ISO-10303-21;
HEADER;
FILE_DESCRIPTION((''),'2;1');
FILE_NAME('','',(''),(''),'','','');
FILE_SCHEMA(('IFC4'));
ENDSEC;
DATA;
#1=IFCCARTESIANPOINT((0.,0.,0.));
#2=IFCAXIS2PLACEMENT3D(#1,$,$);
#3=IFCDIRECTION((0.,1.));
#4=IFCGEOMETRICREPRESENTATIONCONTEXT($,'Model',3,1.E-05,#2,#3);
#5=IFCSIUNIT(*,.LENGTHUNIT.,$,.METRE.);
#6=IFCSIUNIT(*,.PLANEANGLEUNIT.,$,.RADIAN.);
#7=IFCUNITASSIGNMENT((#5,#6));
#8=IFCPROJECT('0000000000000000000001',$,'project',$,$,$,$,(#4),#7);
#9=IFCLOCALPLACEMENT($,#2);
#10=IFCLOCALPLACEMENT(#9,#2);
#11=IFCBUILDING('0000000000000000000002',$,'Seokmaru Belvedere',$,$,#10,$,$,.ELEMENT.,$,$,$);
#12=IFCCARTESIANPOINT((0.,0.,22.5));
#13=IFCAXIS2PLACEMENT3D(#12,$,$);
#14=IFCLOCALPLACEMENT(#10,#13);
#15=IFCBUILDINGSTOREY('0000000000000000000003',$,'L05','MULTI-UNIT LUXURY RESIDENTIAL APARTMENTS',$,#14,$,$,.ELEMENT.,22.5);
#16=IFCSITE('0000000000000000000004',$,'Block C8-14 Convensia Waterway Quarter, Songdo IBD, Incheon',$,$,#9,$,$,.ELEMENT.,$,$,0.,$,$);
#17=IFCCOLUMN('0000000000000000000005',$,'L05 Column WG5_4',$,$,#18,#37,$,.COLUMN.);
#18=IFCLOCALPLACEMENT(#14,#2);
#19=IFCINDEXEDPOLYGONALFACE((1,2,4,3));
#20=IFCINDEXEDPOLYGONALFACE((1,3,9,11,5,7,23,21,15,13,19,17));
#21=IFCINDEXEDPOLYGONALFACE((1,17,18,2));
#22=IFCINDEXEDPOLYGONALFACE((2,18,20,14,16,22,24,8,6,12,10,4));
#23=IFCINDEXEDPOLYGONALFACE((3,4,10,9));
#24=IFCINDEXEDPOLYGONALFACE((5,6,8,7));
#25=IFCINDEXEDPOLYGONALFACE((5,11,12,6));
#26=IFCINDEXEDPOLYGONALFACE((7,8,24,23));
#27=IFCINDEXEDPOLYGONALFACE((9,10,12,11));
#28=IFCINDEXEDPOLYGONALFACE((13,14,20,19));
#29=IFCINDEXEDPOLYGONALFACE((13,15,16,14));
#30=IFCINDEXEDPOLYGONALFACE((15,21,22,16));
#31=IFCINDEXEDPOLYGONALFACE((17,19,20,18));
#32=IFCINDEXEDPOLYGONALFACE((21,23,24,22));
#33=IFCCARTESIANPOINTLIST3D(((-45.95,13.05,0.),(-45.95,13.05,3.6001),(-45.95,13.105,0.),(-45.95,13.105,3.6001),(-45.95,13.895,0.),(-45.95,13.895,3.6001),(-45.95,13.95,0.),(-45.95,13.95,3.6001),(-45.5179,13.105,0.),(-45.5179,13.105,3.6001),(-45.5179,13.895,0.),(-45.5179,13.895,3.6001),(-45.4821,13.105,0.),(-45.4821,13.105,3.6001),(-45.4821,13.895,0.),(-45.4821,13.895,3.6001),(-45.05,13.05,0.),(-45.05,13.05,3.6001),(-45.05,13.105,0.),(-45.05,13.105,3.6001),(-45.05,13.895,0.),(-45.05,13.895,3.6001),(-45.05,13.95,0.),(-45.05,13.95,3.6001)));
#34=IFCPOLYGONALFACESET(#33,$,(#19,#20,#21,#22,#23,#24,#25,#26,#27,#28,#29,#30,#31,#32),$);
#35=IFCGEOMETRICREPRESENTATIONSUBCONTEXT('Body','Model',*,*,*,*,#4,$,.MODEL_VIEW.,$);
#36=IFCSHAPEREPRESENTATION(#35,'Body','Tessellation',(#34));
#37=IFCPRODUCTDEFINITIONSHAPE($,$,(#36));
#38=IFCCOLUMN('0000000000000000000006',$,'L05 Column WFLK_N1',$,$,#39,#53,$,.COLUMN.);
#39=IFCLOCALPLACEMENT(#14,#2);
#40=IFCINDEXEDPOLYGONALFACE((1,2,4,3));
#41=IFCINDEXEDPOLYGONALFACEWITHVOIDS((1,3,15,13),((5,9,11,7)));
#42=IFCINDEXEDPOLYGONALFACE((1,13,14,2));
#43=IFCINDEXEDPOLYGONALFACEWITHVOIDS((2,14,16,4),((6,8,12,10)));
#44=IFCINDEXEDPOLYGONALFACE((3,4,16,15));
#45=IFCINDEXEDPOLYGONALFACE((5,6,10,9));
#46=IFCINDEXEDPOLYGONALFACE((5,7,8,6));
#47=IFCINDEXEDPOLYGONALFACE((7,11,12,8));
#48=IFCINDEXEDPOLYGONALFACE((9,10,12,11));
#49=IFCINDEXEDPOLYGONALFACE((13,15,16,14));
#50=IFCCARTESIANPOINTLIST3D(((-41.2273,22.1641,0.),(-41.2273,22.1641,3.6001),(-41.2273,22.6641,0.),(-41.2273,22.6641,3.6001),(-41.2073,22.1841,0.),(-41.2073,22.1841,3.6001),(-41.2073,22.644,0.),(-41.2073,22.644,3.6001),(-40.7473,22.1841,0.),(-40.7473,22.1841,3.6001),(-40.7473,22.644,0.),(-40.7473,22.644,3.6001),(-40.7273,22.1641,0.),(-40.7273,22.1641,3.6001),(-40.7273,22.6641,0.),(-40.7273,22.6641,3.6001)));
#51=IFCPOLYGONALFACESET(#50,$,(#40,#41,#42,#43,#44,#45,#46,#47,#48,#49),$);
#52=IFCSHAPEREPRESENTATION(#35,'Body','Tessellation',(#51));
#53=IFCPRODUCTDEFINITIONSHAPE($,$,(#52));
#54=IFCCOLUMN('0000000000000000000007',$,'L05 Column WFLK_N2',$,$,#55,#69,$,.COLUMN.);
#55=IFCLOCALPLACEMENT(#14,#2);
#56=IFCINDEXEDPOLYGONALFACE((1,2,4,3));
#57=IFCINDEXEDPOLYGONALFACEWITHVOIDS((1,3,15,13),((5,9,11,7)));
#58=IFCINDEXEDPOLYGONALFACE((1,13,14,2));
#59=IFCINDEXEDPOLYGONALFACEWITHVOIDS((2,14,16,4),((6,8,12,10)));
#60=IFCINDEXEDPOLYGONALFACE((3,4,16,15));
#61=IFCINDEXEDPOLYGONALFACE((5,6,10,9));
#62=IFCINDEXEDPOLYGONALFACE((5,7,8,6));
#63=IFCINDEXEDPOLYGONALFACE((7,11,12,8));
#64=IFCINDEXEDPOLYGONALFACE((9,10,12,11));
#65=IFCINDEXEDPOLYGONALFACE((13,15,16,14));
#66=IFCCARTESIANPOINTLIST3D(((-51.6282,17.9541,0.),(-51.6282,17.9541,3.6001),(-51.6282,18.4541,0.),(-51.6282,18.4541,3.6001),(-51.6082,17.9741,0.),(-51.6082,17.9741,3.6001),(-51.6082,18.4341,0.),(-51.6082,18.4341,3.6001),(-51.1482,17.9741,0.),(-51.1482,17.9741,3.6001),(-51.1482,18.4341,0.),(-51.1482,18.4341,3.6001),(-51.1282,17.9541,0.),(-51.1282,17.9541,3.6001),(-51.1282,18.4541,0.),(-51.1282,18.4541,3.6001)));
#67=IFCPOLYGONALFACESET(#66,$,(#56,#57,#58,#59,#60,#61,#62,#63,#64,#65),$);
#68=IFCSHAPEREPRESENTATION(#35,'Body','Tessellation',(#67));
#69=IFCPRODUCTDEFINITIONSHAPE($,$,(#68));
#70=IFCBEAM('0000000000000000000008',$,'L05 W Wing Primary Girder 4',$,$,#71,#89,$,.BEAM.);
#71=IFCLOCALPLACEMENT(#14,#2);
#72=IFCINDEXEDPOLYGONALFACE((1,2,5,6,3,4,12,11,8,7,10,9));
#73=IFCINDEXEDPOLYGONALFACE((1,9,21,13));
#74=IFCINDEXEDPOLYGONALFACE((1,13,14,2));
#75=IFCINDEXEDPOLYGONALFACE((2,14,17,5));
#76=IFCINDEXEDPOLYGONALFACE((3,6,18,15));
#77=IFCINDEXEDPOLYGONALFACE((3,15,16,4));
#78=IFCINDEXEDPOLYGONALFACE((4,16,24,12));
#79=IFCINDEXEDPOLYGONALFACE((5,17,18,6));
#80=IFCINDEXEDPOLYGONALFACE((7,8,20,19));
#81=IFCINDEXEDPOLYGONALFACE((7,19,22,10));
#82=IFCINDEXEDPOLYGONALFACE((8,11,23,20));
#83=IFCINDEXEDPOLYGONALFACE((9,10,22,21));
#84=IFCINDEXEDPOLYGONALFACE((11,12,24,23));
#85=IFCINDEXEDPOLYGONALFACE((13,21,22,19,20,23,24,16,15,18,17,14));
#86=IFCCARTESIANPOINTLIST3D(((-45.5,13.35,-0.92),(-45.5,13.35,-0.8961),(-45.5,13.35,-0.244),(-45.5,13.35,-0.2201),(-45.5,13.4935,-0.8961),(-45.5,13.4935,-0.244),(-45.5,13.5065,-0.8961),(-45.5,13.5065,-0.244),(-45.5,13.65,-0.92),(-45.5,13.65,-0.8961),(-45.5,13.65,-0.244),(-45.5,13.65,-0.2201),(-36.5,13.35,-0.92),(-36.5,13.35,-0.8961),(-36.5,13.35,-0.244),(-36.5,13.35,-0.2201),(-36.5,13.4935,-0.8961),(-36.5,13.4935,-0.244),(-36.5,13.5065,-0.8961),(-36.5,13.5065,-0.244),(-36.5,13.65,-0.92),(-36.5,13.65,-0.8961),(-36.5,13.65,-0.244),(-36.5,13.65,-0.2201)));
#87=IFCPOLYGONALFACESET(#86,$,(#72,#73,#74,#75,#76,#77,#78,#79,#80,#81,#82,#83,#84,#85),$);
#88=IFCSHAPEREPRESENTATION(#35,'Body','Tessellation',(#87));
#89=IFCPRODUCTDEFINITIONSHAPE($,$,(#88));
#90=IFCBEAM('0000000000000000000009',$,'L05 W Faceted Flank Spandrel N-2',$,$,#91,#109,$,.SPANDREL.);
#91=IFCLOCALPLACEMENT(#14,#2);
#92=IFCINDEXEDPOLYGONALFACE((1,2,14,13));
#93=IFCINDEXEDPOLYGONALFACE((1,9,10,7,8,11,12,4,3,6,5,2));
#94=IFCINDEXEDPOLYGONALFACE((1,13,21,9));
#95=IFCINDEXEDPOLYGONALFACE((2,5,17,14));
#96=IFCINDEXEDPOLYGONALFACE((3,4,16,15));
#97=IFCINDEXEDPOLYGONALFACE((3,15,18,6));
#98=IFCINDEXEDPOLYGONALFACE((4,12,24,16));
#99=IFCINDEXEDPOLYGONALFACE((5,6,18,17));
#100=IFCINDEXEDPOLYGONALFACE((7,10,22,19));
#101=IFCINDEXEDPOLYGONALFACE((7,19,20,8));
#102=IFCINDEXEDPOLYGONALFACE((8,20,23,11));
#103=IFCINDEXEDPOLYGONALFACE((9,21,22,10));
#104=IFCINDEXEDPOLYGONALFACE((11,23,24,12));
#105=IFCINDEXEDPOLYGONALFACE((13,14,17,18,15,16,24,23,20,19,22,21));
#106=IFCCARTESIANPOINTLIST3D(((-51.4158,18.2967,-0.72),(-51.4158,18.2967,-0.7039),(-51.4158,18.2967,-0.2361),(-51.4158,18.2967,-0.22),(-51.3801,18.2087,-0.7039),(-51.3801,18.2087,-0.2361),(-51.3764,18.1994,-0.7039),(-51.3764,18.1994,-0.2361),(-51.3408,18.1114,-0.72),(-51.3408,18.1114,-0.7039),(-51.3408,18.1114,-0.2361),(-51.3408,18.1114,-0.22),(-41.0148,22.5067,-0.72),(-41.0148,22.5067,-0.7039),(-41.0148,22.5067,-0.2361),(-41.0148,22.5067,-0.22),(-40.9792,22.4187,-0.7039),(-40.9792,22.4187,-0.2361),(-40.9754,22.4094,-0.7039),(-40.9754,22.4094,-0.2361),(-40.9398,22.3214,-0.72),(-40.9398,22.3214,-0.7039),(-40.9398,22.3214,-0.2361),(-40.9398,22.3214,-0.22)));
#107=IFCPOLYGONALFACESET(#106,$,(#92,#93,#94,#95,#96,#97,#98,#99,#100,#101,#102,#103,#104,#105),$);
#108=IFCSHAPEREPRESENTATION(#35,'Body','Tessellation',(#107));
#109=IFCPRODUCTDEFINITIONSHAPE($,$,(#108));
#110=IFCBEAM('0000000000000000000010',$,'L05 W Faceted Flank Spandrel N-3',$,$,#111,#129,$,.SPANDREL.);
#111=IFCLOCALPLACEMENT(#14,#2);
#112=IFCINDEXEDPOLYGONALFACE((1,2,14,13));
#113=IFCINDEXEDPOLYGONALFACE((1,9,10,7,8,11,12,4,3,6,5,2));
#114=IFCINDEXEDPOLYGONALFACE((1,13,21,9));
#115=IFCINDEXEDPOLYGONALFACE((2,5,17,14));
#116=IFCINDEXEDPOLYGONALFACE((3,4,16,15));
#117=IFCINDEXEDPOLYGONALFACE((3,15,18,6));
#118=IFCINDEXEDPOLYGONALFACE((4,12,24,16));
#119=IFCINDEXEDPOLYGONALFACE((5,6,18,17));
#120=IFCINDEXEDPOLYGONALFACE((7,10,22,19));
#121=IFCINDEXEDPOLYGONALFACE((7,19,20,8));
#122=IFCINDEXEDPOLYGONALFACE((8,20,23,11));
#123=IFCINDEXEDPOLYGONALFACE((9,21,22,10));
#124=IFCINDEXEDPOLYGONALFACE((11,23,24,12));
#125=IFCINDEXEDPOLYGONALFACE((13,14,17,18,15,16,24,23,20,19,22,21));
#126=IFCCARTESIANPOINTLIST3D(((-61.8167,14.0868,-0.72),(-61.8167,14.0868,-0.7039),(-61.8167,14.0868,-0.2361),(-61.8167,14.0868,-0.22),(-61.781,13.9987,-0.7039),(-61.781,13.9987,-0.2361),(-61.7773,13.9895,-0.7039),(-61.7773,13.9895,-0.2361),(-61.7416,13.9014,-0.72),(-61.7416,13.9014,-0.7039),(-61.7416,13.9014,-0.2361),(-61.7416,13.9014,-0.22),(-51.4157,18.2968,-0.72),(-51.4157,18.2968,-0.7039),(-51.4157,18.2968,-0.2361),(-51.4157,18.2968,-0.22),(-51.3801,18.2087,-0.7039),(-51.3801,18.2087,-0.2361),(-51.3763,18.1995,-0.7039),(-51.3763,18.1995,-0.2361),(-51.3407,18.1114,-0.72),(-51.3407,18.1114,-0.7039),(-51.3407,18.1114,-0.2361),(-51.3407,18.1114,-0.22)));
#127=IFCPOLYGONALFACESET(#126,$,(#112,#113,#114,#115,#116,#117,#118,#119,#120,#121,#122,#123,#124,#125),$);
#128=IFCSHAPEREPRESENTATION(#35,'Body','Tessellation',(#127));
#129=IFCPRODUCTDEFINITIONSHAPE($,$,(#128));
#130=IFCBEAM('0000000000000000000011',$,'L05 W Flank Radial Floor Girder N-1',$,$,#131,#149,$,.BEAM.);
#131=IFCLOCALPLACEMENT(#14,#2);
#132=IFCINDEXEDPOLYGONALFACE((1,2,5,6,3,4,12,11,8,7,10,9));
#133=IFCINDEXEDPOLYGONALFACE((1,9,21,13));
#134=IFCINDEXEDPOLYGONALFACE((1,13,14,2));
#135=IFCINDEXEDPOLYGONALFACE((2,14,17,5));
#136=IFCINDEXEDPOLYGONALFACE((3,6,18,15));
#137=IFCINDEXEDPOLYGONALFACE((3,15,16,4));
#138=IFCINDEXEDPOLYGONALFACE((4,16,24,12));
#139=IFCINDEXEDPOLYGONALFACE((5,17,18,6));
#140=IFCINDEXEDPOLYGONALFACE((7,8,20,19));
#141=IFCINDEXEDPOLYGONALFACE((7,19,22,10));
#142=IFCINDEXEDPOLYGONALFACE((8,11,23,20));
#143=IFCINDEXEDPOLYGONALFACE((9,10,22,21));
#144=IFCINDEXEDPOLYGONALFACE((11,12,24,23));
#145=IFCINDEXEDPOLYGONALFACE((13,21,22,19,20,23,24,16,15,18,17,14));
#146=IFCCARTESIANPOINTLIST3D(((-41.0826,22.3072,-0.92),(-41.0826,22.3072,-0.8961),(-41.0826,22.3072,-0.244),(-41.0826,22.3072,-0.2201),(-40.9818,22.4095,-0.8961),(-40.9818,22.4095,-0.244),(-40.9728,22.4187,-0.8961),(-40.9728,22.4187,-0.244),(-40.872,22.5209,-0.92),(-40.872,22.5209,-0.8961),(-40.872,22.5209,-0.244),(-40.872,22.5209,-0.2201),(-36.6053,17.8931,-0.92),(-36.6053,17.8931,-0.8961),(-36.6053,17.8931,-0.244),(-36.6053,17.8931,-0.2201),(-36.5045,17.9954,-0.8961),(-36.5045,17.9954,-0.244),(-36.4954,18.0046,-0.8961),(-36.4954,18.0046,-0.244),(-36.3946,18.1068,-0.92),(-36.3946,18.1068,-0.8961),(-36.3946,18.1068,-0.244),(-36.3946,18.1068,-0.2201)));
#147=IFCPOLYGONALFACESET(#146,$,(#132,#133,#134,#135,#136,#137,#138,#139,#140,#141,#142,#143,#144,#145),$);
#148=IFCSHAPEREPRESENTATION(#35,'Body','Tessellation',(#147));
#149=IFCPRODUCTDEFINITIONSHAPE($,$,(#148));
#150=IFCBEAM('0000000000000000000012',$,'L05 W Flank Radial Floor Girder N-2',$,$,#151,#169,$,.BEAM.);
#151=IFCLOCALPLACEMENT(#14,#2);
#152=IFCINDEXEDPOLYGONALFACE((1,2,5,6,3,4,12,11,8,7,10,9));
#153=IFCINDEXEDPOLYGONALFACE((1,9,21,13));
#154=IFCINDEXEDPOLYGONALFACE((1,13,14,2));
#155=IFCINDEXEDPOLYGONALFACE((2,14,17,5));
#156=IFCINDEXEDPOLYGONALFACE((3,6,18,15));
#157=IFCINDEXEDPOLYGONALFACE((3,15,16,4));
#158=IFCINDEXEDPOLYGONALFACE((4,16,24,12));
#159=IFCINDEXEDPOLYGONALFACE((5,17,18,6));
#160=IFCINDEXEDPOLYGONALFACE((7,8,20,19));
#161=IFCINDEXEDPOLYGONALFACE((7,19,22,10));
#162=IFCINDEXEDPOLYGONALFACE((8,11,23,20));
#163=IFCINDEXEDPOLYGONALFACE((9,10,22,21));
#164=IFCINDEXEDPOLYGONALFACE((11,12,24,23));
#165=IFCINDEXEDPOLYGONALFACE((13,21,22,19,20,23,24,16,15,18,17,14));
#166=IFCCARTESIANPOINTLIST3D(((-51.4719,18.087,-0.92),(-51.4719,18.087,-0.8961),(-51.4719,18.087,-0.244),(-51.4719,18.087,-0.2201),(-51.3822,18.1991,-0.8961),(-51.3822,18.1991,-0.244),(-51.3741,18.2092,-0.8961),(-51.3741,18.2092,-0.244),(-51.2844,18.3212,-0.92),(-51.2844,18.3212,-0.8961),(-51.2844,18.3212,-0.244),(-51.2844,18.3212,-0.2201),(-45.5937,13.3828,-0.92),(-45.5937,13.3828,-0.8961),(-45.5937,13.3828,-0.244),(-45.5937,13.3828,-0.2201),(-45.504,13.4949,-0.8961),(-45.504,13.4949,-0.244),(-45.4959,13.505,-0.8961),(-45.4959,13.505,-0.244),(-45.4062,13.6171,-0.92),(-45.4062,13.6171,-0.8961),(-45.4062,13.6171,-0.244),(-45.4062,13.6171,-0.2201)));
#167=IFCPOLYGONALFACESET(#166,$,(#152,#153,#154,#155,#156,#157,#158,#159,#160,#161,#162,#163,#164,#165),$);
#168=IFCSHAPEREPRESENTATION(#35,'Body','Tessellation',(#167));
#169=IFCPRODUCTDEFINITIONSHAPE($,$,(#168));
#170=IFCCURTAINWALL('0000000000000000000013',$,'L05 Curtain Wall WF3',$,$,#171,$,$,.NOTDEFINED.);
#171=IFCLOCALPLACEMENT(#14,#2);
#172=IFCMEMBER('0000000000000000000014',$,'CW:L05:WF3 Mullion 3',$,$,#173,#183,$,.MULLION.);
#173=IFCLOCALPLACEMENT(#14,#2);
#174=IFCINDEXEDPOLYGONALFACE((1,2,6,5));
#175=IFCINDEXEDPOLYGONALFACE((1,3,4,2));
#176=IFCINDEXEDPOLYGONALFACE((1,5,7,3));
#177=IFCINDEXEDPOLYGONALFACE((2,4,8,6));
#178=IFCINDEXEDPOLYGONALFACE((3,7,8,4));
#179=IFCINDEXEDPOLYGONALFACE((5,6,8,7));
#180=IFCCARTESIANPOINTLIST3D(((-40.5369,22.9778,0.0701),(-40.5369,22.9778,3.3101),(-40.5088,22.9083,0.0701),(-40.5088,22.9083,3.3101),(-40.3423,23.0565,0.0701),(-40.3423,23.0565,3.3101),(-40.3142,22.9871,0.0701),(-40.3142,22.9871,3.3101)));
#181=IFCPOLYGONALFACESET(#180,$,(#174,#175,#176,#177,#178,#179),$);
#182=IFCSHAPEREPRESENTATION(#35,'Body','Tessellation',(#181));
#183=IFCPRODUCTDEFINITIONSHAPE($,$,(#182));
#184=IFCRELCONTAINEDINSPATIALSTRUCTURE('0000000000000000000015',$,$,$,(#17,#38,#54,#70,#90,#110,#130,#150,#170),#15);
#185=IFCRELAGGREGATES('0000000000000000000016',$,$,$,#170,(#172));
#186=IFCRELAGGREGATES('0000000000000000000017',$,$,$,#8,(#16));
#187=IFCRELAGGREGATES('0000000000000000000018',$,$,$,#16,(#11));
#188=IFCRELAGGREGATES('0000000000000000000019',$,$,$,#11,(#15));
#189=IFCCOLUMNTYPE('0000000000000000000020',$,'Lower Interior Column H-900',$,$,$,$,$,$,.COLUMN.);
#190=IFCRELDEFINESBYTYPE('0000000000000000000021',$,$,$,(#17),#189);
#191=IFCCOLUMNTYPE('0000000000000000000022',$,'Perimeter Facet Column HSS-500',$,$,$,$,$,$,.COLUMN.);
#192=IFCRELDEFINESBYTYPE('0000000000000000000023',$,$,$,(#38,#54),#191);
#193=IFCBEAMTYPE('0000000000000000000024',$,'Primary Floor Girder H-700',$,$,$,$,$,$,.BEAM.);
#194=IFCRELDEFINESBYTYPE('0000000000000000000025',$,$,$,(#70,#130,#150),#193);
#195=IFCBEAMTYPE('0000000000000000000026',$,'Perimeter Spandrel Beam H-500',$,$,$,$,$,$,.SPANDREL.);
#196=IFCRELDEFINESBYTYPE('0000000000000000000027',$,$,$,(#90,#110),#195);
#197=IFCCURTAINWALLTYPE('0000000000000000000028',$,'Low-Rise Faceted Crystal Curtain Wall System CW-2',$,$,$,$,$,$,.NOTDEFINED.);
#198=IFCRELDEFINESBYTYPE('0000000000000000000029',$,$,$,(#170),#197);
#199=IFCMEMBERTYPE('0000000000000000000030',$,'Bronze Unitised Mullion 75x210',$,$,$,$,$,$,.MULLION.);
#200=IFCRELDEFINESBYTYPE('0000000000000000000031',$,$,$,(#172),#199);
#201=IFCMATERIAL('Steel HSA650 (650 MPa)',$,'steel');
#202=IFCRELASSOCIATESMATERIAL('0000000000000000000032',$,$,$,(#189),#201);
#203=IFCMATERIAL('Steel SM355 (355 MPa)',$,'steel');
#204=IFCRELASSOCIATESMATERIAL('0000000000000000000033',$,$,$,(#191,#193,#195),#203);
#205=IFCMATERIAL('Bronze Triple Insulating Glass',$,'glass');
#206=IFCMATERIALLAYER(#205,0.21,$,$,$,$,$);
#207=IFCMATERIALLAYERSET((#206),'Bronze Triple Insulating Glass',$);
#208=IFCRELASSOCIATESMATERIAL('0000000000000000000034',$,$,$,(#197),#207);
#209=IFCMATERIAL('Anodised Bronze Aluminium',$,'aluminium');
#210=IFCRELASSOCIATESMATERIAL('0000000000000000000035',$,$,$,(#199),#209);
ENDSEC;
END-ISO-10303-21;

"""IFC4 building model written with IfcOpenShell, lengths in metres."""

from ifc_helpers import new_model, si_unit, direction, frame, origin, origin_2d, place, context, subcontext, project, spatial, rectangle, hollow_rectangle, i_section, extrude, source, transform, mapped, material, layer, layer_set, material_profile, profile_set, type_object, type_shapes, element, aggregate, save


model = new_model("IFC4")

# Units and contexts
model_context = context("Model", 3, precision=1e-05, world=origin(), true_north=direction((0.0, 1.0)))
body_context = subcontext(model_context, "Body", "Model", "MODEL_VIEW")
ifc_project = project(units=[si_unit("LENGTHUNIT", "METRE"), si_unit("PLANEANGLEUNIT", "RADIAN")], contexts=[model_context])

# Site, building, storey
site_placement = place(None, origin())
site = spatial("IfcSite", under=ifc_project, at=site_placement, Name="Block C8-14 Convensia Waterway Quarter, Songdo IBD, Incheon", CompositionType="ELEMENT", RefElevation=0.0)
building_placement = place(site_placement, origin())
building = spatial("IfcBuilding", under=site, at=building_placement, Name="Seokmaru Belvedere", CompositionType="ELEMENT")
storey_placement = place(building_placement, frame((0.0, 0.0, 22.5)))
storey = spatial("IfcBuildingStorey", under=building, at=storey_placement, Name="L05", Description="MULTI-UNIT LUXURY RESIDENTIAL APARTMENTS", CompositionType="ELEMENT", Elevation=22.5)

# Columns
ifc_material_1 = material(Name="Steel HSA650 (650 MPa)", Category="steel")
ifc_material_profile_1 = material_profile(ifc_material_1, i_section(OverallWidth=0.8999, OverallDepth=0.8999, WebThickness=0.0359, FlangeThickness=0.0549, at=origin_2d()), Name="H-900x900x36x55")
ifc_profile_set_1 = profile_set([ifc_material_profile_1], Name="Steel HSA650 (650 MPa)")
column_type_1 = type_object("IfcColumnType", Name="Lower Interior Column H-900", PredefinedType="COLUMN", material=ifc_profile_set_1)
shared_shape_1 = source(origin(), body_context, "Body", "SweptSolid", [
    extrude(i_section(OverallWidth=0.8999, OverallDepth=0.8999, WebThickness=0.0359, FlangeThickness=0.0549, at=origin_2d()), origin(), (0.0, 0.0, 1.0), 3.6001),
])
type_shapes(column_type_1, [shared_shape_1])
column_placement = place(storey_placement, frame((-45.5, 13.5, 0.0), z_axis=(0.0, 0.0, 1.0), x_axis=(1.0, 0.0, 0.0)))
element("IfcColumn", 1, at=column_placement, inside=storey, type_object=column_type_1, Name="L05 Column WG5_4", PredefinedType="COLUMN", context=body_context, shape_type="MappedRepresentation", body=[
    mapped(shared_shape_1, transform((0.0, 0.0, 0.0), scale=1.0)),
])
ifc_material_2 = material(Name="Steel SM355 (355 MPa)", Category="steel")
ifc_material_profile_2 = material_profile(ifc_material_2, hollow_rectangle(XDim=0.5, YDim=0.5, WallThickness=0.02, at=origin_2d()), Name="HSS-500x500x20")
ifc_profile_set_2 = profile_set([ifc_material_profile_2], Name="Steel SM355 (355 MPa)")
column_type_2 = type_object("IfcColumnType", Name="Perimeter Facet Column HSS-500", PredefinedType="COLUMN", material=ifc_profile_set_2)
shared_shape_2 = source(origin(), body_context, "Body", "SweptSolid", [
    extrude(hollow_rectangle(XDim=0.5, YDim=0.5, WallThickness=0.02, at=origin_2d()), origin(), (0.0, 0.0, 1.0), 3.6001),
])
type_shapes(column_type_2, [shared_shape_2])
for number, where, z_axis, x_axis, name in (
    (2, (-40.9773, 22.4141, 0.0), (0.0, 0.0, 1.0), (1.0, 0.0, 0.0), "L05 Column WFLK_N1"),
    (3, (-51.3782, 18.2041, 0.0), (0.0, 0.0, 1.0), (1.0, 0.0, 0.0), "L05 Column WFLK_N2"),
):
    element("IfcColumn", number, at=place(storey_placement, frame(where, z_axis=z_axis, x_axis=x_axis)), inside=storey, type_object=column_type_2, Name=name, PredefinedType="COLUMN", context=body_context, shape_type="MappedRepresentation", body=[
        mapped(shared_shape_2, transform((0.0, 0.0, 0.0), scale=1.0)),
    ])

# Beams
ifc_material_profile_3 = material_profile(ifc_material_2, i_section(OverallWidth=0.3, OverallDepth=0.7, WebThickness=0.0129, FlangeThickness=0.0239, at=origin_2d()), Name="H-700x300x13x24")
ifc_profile_set_3 = profile_set([ifc_material_profile_3], Name="Steel SM355 (355 MPa)")
beam_type_1 = type_object("IfcBeamType", Name="Primary Floor Girder H-700", PredefinedType="BEAM", material=ifc_profile_set_3)
shared_shape_3 = source(origin(), body_context, "Body", "SweptSolid", [
    extrude(i_section(OverallWidth=0.3, OverallDepth=0.7, WebThickness=0.0129, FlangeThickness=0.0239, at=origin_2d()), origin(), (0.0, 0.0, 1.0), 9.0),
])
beam_1_placement = place(storey_placement, frame((-45.5, 13.5, -0.5701), z_axis=(1.0, 0.0, 0.0), x_axis=(0.0, 1.0, 0.0)))
element("IfcBeam", 4, at=beam_1_placement, inside=storey, type_object=beam_type_1, Name="L05 W Wing Primary Girder 4", PredefinedType="BEAM", context=body_context, shape_type="MappedRepresentation", body=[
    mapped(shared_shape_3, transform((0.0, 0.0, 0.0), scale=1.0)),
])
ifc_material_profile_4 = material_profile(ifc_material_2, i_section(OverallWidth=0.2, OverallDepth=0.5, WebThickness=0.01, FlangeThickness=0.0161, at=origin_2d()), Name="H-500x200x10x16")
ifc_profile_set_4 = profile_set([ifc_material_profile_4], Name="Steel SM355 (355 MPa)")
beam_type_2 = type_object("IfcBeamType", Name="Perimeter Spandrel Beam H-500", PredefinedType="SPANDREL", material=ifc_profile_set_4)
shared_shape_4 = source(origin(), body_context, "Body", "SweptSolid", [
    extrude(i_section(OverallWidth=0.2, OverallDepth=0.5, WebThickness=0.01, FlangeThickness=0.0161, at=origin_2d()), origin(), (0.0, 0.0, 1.0), 11.2207),
])
type_shapes(beam_type_2, [shared_shape_4])
for number, where, z_axis, x_axis, name in (
    (5, (-40.9773, 22.4141, -0.47), (-0.926944, -0.375199, 0.0), (0.375199, -0.926944, 0.0), "L05 W Faceted Flank Spandrel N-2"),
    (6, (-51.3782, 18.2041, -0.47), (-0.926944, -0.375199, 0.0), (0.375199, -0.926944, 0.0), "L05 W Faceted Flank Spandrel N-3"),
):
    element("IfcBeam", number, at=place(storey_placement, frame(where, z_axis=z_axis, x_axis=x_axis)), inside=storey, type_object=beam_type_2, Name=name, PredefinedType="SPANDREL", context=body_context, shape_type="MappedRepresentation", body=[
        mapped(shared_shape_4, transform((0.0, 0.0, 0.0), scale=1.0)),
    ])
shared_shape_5 = source(origin(), body_context, "Body", "SweptSolid", [
    extrude(i_section(OverallWidth=0.3, OverallDepth=0.7, WebThickness=0.0129, FlangeThickness=0.0239, at=origin_2d()), origin(), (0.0, 0.0, 1.0), 6.2874),
])
beam_2_placement = place(storey_placement, frame((-40.9773, 22.4141, -0.5701), z_axis=(0.712117, -0.70206, 0.0), x_axis=(0.70206, 0.712117, 0.0)))
element("IfcBeam", 7, at=beam_2_placement, inside=storey, type_object=beam_type_1, Name="L05 W Flank Radial Floor Girder N-1", PredefinedType="BEAM", context=body_context, shape_type="MappedRepresentation", body=[
    mapped(shared_shape_5, transform((0.0, 0.0, 0.0), scale=1.0)),
])
shared_shape_6 = source(origin(), body_context, "Body", "SweptSolid", [
    extrude(i_section(OverallWidth=0.3, OverallDepth=0.7, WebThickness=0.0129, FlangeThickness=0.0239, at=origin_2d()), origin(), (0.0, 0.0, 1.0), 7.5288),
])
type_shapes(beam_type_1, [shared_shape_3, shared_shape_5, shared_shape_6])
beam_3_placement = place(storey_placement, frame((-51.3782, 18.2041, -0.5701), z_axis=(0.780768, -0.624822, 0.0), x_axis=(0.624822, 0.780768, 0.0)))
element("IfcBeam", 8, at=beam_3_placement, inside=storey, type_object=beam_type_1, Name="L05 W Flank Radial Floor Girder N-2", PredefinedType="BEAM", context=body_context, shape_type="MappedRepresentation", body=[
    mapped(shared_shape_6, transform((0.0, 0.0, 0.0), scale=1.0)),
])

# Curtain wall, member
ifc_material_3 = material(Name="Bronze Triple Insulating Glass", Category="glass")
ifc_layer_1 = layer(ifc_material_3, 0.21)
ifc_layer_set_1 = layer_set([ifc_layer_1], Name="Bronze Triple Insulating Glass")
curtain_wall_type = type_object("IfcCurtainWallType", Name="Low-Rise Faceted Crystal Curtain Wall System CW-2", PredefinedType="NOTDEFINED", material=ifc_layer_set_1)
curtain_wall_placement = place(storey_placement, origin())
curtain_wall = element("IfcCurtainWall", 9, at=curtain_wall_placement, inside=storey, type_object=curtain_wall_type, Name="L05 Curtain Wall WF3", PredefinedType="NOTDEFINED")
ifc_material_4 = material(Name="Anodised Bronze Aluminium", Category="aluminium")
ifc_material_profile_5 = material_profile(ifc_material_4, rectangle(XDim=0.075, YDim=0.21, at=origin_2d()), Name="CW-M-75x210")
ifc_profile_set_5 = profile_set([ifc_material_profile_5], Name="Anodised Bronze Aluminium")
member_type = type_object("IfcMemberType", Name="Bronze Unitised Mullion 75x210", PredefinedType="MULLION", material=ifc_profile_set_5)
shared_shape_7 = source(origin(), body_context, "Body", "SweptSolid", [
    extrude(rectangle(XDim=0.075, YDim=0.21, at=origin_2d()), origin(), (0.0, 0.0, 1.0), 3.24),
])
type_shapes(member_type, [shared_shape_7])
member_1_placement = place(storey_placement, frame((-40.4255, 22.9824, 0.0701), z_axis=(0.0, 0.0, 1.0), x_axis=(0.375192, -0.926947, 0.0)))
member_1 = element("IfcMember", 10, at=member_1_placement, type_object=member_type, Name="CW:L05:WF3 Mullion 3", PredefinedType="MULLION", context=body_context, shape_type="MappedRepresentation", body=[
    mapped(shared_shape_7, transform((0.0, 0.0, 0.0), scale=1.0)),
])
aggregate(curtain_wall, [member_1])

save(model, "model.ifc")
